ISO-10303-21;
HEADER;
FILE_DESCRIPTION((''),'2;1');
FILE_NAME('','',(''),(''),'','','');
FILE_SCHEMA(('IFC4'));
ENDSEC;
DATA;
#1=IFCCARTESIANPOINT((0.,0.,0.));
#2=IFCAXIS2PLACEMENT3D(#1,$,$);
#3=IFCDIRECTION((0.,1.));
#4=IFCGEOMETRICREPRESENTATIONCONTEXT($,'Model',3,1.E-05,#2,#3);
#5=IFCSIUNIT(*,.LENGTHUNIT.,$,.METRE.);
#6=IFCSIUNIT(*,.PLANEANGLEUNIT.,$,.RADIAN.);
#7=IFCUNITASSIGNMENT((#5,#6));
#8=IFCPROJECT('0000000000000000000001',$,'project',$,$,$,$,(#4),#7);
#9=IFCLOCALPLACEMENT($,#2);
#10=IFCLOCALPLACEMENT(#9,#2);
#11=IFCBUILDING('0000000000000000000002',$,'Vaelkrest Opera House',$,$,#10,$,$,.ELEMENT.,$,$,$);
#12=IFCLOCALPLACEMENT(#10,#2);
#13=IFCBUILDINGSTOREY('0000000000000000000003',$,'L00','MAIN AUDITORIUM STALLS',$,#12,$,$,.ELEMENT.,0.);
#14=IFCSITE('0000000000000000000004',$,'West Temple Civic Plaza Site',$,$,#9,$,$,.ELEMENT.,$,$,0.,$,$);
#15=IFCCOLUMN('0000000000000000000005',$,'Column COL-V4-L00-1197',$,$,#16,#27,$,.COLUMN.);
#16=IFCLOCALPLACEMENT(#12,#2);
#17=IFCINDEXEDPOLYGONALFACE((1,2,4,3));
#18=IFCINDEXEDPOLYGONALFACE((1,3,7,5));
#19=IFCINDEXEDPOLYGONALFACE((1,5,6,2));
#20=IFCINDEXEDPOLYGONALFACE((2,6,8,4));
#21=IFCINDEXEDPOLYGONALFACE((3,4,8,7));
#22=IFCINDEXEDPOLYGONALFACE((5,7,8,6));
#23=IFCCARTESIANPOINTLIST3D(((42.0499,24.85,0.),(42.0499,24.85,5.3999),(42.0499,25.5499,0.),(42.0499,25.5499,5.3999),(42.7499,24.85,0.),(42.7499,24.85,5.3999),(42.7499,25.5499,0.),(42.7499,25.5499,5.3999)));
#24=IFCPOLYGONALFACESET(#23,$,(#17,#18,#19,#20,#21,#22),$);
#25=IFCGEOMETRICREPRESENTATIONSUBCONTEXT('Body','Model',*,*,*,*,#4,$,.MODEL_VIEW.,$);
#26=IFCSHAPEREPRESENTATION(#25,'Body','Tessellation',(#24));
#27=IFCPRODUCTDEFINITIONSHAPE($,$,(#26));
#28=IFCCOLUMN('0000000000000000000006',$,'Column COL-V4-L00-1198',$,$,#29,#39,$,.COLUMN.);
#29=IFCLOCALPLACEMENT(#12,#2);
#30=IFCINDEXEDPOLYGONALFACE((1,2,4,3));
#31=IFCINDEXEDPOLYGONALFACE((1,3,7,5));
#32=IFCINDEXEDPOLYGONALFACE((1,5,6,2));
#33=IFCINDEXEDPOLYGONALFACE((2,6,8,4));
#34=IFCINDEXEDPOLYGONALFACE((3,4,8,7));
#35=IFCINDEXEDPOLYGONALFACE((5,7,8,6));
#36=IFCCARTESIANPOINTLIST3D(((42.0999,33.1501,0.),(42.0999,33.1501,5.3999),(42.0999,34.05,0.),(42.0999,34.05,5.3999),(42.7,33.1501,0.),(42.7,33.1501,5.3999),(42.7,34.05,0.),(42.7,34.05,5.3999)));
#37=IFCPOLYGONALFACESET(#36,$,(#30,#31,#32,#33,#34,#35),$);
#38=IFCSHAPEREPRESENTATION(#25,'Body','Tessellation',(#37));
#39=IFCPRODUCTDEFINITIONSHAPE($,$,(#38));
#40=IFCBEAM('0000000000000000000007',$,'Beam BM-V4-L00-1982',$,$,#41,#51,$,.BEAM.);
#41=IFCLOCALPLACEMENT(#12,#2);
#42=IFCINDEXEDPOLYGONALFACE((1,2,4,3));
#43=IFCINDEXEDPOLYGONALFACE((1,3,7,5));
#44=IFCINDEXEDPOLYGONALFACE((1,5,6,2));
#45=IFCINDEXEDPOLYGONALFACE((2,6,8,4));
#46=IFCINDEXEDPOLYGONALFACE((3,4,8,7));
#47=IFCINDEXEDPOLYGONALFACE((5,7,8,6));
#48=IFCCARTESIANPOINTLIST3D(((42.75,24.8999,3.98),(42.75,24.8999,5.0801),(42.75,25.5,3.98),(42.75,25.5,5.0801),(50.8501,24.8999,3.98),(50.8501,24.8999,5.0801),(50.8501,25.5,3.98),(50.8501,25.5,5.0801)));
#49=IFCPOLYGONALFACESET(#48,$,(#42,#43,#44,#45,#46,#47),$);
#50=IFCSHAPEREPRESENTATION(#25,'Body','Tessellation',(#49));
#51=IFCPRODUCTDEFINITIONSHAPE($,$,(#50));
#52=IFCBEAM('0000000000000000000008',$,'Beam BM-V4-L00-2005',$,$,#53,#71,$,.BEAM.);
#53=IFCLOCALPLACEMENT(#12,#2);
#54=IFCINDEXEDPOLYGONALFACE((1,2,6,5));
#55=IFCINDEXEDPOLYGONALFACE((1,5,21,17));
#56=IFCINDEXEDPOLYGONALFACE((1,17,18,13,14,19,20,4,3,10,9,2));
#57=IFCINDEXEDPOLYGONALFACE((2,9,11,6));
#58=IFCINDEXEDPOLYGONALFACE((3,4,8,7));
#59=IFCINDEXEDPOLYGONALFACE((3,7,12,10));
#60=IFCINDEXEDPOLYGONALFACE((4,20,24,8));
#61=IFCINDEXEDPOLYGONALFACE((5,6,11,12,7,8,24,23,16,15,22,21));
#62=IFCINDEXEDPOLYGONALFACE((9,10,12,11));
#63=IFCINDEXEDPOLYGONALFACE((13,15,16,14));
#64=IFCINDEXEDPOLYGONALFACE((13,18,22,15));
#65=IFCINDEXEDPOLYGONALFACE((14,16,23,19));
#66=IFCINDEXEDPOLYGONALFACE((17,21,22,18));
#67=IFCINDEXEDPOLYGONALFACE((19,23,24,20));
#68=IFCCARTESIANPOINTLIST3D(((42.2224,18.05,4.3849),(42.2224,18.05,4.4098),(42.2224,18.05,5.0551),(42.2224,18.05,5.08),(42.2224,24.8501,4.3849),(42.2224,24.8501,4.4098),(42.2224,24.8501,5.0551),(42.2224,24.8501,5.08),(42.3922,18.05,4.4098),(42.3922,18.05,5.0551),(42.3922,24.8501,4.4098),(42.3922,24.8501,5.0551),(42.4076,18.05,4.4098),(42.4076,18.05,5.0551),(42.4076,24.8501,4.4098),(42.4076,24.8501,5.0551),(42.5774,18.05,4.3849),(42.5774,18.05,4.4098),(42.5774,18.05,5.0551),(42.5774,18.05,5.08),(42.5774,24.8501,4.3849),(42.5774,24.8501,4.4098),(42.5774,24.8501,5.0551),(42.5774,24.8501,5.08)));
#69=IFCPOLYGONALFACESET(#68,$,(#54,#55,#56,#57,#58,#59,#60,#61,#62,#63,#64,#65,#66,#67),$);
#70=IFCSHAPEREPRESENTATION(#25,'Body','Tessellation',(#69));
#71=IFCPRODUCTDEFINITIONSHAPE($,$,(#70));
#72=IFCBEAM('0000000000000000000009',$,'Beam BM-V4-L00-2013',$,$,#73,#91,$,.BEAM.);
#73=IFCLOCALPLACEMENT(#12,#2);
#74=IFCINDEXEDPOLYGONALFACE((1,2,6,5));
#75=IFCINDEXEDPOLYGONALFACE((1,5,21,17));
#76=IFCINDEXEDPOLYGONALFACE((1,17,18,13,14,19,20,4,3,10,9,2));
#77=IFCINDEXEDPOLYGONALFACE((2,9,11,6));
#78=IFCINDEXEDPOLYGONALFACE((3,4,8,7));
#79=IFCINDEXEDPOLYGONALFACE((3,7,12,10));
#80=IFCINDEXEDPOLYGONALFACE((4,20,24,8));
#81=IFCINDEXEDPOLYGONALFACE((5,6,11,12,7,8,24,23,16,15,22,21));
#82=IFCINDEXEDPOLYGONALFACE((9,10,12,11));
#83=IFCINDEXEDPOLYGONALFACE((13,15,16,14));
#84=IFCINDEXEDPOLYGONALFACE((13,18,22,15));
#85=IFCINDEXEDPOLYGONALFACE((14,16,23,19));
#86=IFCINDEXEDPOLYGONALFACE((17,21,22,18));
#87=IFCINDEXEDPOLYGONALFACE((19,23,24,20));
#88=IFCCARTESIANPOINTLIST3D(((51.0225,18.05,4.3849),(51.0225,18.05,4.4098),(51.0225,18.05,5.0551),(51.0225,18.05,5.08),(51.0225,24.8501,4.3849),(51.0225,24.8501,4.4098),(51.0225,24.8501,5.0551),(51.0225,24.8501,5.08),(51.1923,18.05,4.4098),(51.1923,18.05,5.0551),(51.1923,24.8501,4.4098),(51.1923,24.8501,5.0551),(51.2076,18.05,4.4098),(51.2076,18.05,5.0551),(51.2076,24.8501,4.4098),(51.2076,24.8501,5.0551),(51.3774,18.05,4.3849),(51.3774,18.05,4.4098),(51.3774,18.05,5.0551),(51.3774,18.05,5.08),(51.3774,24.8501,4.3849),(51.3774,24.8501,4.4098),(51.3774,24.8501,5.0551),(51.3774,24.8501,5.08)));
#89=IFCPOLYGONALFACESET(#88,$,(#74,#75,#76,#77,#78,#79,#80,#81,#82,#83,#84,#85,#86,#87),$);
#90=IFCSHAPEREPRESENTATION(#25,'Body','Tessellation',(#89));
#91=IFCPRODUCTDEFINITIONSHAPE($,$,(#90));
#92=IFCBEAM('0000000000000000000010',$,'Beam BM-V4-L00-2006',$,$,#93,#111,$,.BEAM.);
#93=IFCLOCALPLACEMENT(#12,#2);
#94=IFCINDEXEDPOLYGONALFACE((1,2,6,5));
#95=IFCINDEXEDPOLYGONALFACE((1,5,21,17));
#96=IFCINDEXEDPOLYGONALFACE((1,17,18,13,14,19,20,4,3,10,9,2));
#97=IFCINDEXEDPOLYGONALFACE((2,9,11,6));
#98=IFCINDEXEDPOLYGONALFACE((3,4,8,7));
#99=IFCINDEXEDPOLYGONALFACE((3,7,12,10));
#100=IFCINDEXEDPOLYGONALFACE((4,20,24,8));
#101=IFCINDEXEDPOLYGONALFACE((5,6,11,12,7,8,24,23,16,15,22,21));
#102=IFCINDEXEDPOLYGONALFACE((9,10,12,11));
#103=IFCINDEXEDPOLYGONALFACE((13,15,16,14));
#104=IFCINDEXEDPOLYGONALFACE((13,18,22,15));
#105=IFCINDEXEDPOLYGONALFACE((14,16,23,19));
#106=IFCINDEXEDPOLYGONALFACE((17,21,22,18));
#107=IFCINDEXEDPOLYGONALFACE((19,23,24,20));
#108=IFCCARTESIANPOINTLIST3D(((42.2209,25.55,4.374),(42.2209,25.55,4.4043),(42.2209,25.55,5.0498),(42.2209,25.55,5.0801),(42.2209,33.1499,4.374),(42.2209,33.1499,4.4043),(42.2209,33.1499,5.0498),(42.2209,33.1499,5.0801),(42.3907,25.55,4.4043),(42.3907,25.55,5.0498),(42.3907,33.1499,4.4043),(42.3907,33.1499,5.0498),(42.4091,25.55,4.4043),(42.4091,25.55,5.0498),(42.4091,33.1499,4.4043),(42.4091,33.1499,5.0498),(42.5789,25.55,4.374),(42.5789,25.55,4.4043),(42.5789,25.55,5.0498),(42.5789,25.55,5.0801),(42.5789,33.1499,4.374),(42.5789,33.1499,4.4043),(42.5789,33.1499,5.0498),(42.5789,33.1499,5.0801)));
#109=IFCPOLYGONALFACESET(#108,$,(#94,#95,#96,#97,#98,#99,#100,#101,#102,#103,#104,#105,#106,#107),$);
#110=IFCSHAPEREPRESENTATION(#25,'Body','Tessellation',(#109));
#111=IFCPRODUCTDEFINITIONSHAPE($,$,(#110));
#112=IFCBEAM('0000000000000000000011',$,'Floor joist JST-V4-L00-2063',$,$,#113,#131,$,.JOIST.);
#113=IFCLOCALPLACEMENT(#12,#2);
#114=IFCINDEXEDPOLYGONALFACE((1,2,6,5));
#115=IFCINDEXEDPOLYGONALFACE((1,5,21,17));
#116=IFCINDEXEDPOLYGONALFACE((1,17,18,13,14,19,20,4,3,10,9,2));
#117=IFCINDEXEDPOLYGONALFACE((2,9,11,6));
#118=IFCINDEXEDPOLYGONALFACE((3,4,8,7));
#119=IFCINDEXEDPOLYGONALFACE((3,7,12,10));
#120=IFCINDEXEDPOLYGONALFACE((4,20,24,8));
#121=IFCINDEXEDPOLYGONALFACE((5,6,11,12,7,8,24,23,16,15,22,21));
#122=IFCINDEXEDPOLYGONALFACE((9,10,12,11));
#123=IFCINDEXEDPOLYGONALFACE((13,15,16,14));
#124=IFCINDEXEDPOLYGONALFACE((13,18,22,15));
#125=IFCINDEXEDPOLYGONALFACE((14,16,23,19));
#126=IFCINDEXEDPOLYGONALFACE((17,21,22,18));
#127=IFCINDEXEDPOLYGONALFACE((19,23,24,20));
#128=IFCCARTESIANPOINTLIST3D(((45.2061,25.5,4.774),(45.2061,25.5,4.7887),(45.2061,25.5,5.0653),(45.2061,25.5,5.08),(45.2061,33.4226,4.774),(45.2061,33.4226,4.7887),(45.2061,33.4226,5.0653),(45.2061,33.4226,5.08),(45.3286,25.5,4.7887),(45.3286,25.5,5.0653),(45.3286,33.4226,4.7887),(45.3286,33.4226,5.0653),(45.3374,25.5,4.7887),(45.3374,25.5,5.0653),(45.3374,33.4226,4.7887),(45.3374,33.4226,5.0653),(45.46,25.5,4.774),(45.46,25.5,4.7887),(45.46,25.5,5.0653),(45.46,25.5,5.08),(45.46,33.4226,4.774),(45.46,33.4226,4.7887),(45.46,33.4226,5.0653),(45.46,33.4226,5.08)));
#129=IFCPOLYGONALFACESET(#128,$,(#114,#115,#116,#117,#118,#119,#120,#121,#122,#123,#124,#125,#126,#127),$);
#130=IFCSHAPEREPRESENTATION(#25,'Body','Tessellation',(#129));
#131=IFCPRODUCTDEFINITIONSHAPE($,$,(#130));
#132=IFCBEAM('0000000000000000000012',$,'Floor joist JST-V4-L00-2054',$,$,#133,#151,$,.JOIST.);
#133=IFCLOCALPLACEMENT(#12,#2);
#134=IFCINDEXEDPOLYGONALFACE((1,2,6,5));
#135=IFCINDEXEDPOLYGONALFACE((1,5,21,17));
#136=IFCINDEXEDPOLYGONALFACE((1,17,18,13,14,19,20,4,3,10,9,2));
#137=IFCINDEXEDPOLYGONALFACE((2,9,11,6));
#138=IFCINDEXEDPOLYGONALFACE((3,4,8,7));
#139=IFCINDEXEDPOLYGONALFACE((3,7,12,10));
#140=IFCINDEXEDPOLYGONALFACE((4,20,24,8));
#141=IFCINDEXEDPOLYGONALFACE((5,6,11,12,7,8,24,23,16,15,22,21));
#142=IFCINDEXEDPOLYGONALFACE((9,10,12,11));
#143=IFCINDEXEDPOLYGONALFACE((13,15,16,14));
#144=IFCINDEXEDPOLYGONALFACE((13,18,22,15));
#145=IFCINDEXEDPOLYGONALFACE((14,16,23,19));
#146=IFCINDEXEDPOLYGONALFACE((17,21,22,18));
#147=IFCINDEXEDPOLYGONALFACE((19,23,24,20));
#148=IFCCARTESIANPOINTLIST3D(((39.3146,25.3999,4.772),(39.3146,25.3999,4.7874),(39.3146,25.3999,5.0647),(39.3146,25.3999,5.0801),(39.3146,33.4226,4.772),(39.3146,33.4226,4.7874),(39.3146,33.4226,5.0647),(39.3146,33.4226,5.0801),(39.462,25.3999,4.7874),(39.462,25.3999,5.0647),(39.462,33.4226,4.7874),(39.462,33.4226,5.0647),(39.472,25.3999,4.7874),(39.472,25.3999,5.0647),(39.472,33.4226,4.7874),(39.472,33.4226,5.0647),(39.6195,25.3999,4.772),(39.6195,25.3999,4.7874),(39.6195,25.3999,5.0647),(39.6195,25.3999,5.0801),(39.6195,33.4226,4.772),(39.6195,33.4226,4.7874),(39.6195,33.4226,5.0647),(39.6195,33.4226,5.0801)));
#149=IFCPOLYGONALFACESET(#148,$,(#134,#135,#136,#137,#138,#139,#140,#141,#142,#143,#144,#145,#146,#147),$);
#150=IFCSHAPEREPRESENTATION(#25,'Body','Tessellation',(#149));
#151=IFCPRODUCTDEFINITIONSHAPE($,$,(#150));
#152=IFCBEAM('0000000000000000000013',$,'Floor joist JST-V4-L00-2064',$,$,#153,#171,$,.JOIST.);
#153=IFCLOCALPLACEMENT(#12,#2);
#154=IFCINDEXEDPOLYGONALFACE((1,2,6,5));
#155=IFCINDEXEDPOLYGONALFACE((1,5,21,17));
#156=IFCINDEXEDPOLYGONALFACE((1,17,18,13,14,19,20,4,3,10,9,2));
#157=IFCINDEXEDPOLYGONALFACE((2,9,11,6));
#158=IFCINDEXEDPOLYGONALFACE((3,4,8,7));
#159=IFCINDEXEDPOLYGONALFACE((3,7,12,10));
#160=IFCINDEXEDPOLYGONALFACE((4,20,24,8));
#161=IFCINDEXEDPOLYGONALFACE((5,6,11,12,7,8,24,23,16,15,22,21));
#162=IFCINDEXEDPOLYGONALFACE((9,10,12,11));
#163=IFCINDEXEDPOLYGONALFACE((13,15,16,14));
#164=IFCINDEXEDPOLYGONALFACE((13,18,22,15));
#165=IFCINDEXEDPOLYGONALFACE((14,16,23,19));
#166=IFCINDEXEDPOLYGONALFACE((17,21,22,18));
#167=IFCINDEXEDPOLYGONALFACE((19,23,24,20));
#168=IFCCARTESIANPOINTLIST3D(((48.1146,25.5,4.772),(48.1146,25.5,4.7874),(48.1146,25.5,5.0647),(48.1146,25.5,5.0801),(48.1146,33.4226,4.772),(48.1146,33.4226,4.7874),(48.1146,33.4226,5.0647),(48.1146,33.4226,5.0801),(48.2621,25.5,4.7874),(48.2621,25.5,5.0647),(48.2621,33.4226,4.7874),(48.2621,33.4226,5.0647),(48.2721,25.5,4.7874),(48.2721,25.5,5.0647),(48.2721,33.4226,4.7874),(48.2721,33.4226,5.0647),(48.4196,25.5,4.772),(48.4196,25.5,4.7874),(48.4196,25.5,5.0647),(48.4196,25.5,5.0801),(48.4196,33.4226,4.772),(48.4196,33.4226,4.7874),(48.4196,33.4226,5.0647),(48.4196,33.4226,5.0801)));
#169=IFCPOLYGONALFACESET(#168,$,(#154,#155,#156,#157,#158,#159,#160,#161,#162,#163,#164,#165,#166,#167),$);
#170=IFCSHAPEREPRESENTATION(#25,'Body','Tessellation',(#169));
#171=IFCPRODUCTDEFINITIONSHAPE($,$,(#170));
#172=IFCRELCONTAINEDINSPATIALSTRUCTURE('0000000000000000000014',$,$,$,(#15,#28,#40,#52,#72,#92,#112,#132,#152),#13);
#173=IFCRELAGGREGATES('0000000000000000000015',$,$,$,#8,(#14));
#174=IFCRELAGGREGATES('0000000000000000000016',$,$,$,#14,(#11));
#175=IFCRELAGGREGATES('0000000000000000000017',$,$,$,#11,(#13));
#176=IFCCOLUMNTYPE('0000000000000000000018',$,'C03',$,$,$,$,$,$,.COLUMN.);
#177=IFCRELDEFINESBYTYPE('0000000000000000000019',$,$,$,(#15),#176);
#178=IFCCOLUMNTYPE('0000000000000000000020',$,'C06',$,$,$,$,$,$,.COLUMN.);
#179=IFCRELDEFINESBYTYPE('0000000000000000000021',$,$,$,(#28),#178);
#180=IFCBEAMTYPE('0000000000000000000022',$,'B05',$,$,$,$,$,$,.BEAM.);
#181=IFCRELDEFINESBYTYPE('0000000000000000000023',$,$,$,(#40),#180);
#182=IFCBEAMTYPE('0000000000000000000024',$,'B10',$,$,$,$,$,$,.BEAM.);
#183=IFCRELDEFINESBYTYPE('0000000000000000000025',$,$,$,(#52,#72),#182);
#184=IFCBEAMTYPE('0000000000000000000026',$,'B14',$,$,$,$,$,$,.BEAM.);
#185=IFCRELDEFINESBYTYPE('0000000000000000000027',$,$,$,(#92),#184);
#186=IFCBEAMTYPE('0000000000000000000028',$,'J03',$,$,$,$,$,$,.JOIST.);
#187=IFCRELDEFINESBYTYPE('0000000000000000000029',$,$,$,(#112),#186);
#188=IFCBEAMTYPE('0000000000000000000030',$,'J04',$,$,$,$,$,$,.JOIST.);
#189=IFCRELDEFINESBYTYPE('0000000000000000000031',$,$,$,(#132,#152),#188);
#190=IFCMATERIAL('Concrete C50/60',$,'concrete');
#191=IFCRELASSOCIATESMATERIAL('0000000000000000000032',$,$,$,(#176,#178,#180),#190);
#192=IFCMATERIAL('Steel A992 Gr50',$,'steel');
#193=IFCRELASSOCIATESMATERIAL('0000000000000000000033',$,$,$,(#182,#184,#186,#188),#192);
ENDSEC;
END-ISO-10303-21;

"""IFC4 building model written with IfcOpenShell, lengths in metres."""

from ifc_helpers import new_model, si_unit, direction, frame, origin, origin_2d, place, context, subcontext, project, spatial, rectangle, i_section, extrude, material, material_profile, profile_set, type_object, element, save


model = new_model("IFC4")

# Units and contexts
model_context = context("Model", 3, precision=1e-05, world=origin(), true_north=direction((0.0, 1.0)))
body_context = subcontext(model_context, "Body", "Model", "MODEL_VIEW")
ifc_project = project(units=[si_unit("LENGTHUNIT", "METRE"), si_unit("PLANEANGLEUNIT", "RADIAN")], contexts=[model_context])

# Site, building, storey
site_placement = place(None, origin())
site = spatial("IfcSite", under=ifc_project, at=site_placement, Name="West Temple Civic Plaza Site", CompositionType="ELEMENT", RefElevation=0.0)
building_placement = place(site_placement, origin())
building = spatial("IfcBuilding", under=site, at=building_placement, Name="Vaelkrest Opera House", CompositionType="ELEMENT")
storey_placement = place(building_placement, origin())
storey = spatial("IfcBuildingStorey", under=building, at=storey_placement, Name="L00", Description="MAIN AUDITORIUM STALLS", CompositionType="ELEMENT", Elevation=0.0)

# Columns
ifc_material_1 = material(Name="Concrete C50/60", Category="concrete")
ifc_material_profile_1 = material_profile(ifc_material_1, rectangle(XDim=0.7, YDim=0.7, at=origin_2d()), Name="RC700X700")
ifc_profile_set_1 = profile_set([ifc_material_profile_1], Name="Concrete C50/60")
column_type_1 = type_object("IfcColumnType", Name="C03", PredefinedType="COLUMN", material=ifc_profile_set_1)
column_1_placement = place(storey_placement, frame((42.3999, 25.2, 0.0), z_axis=(0.0, 0.0, 1.0), x_axis=(1.0, 0.0, 0.0)))
element("IfcColumn", 1, at=column_1_placement, inside=storey, type_object=column_type_1, Name="Column COL-V4-L00-1197", PredefinedType="COLUMN", context=body_context, shape_type="SweptSolid", body=[
    extrude(rectangle(XDim=0.7, YDim=0.7, at=origin_2d()), origin(), (0.0, 0.0, 1.0), 5.3999),
])
ifc_material_profile_2 = material_profile(ifc_material_1, rectangle(XDim=0.6001, YDim=0.8999, at=origin_2d()), Name="RC600X900")
ifc_profile_set_2 = profile_set([ifc_material_profile_2], Name="Concrete C50/60")
column_type_2 = type_object("IfcColumnType", Name="C06", PredefinedType="COLUMN", material=ifc_profile_set_2)
column_2_placement = place(storey_placement, frame((42.3999, 33.6001, 0.0), z_axis=(0.0, 0.0, 1.0), x_axis=(1.0, 0.0, 0.0)))
element("IfcColumn", 2, at=column_2_placement, inside=storey, type_object=column_type_2, Name="Column COL-V4-L00-1198", PredefinedType="COLUMN", context=body_context, shape_type="SweptSolid", body=[
    extrude(rectangle(XDim=0.6001, YDim=0.8999, at=origin_2d()), origin(), (0.0, 0.0, 1.0), 5.3999),
])

# Beams
ifc_material_profile_3 = material_profile(ifc_material_1, rectangle(XDim=0.6001, YDim=1.1001, at=origin_2d()), Name="RCB600X1100")
ifc_profile_set_3 = profile_set([ifc_material_profile_3], Name="Concrete C50/60")
beam_type_1 = type_object("IfcBeamType", Name="B05", PredefinedType="BEAM", material=ifc_profile_set_3)
beam_1_placement = place(storey_placement, frame((42.75, 25.2, 4.53), z_axis=(1.0, 0.0, 0.0), x_axis=(0.0, 1.0, 0.0)))
element("IfcBeam", 3, at=beam_1_placement, inside=storey, type_object=beam_type_1, Name="Beam BM-V4-L00-1982", PredefinedType="BEAM", context=body_context, shape_type="SweptSolid", body=[
    extrude(rectangle(XDim=0.6001, YDim=1.1001, at=origin_2d()), origin(), (0.0, 0.0, 1.0), 8.1001),
])
ifc_material_2 = material(Name="Steel A992 Gr50", Category="steel")
ifc_material_profile_4 = material_profile(ifc_material_2, i_section(OverallWidth=0.355, OverallDepth=0.6951, WebThickness=0.0154, FlangeThickness=0.0249, at=origin_2d()), Name="W27X146")
ifc_profile_set_4 = profile_set([ifc_material_profile_4], Name="Steel A992 Gr50")
beam_type_2 = type_object("IfcBeamType", Name="B10", PredefinedType="BEAM", material=ifc_profile_set_4)
for number, where, z_axis, x_axis, name in (
    (4, (42.3999, 18.05, 4.7324), (0.0, 1.0, 0.0), (-1.0, 0.0, 0.0), "Beam BM-V4-L00-2005"),
    (5, (51.2, 18.05, 4.7324), (0.0, 1.0, 0.0), (-1.0, 0.0, 0.0), "Beam BM-V4-L00-2013"),
):
    element("IfcBeam", number, at=place(storey_placement, frame(where, z_axis=z_axis, x_axis=x_axis)), inside=storey, type_object=beam_type_2, Name=name, PredefinedType="BEAM", context=body_context, shape_type="SweptSolid", body=[
        extrude(i_section(OverallWidth=0.355, OverallDepth=0.6951, WebThickness=0.0154, FlangeThickness=0.0249, at=origin_2d()), origin(), (0.0, 0.0, 1.0), 6.8),
    ])
ifc_material_profile_5 = material_profile(ifc_material_2, i_section(OverallWidth=0.3579, OverallDepth=0.7061, WebThickness=0.0183, FlangeThickness=0.0303, at=origin_2d()), Name="W27X178")
ifc_profile_set_5 = profile_set([ifc_material_profile_5], Name="Steel A992 Gr50")
beam_type_3 = type_object("IfcBeamType", Name="B14", PredefinedType="BEAM", material=ifc_profile_set_5)
beam_2_placement = place(storey_placement, frame((42.3999, 25.55, 4.7271), z_axis=(0.0, 1.0, 0.0), x_axis=(-1.0, 0.0, 0.0)))
element("IfcBeam", 6, at=beam_2_placement, inside=storey, type_object=beam_type_3, Name="Beam BM-V4-L00-2006", PredefinedType="BEAM", context=body_context, shape_type="SweptSolid", body=[
    extrude(i_section(OverallWidth=0.3579, OverallDepth=0.7061, WebThickness=0.0183, FlangeThickness=0.0303, at=origin_2d()), origin(), (0.0, 0.0, 1.0), 7.5999),
])
ifc_material_profile_6 = material_profile(ifc_material_2, i_section(OverallWidth=0.2539, OverallDepth=0.3059, WebThickness=0.0088, FlangeThickness=0.0146, at=origin_2d()), Name="W12X53")
ifc_profile_set_6 = profile_set([ifc_material_profile_6], Name="Steel A992 Gr50")
beam_type_4 = type_object("IfcBeamType", Name="J03", PredefinedType="JOIST", material=ifc_profile_set_6)
beam_3_placement = place(storey_placement, frame((45.333, 25.5, 4.927), z_axis=(0.0, 1.0, 0.0), x_axis=(-1.0, 0.0, 0.0)))
element("IfcBeam", 7, at=beam_3_placement, inside=storey, type_object=beam_type_4, Name="Floor joist JST-V4-L00-2063", PredefinedType="JOIST", context=body_context, shape_type="SweptSolid", body=[
    extrude(i_section(OverallWidth=0.2539, OverallDepth=0.3059, WebThickness=0.0088, FlangeThickness=0.0146, at=origin_2d()), origin(), (0.0, 0.0, 1.0), 7.9226),
])
ifc_material_profile_7 = material_profile(ifc_material_2, i_section(OverallWidth=0.3049, OverallDepth=0.3081, WebThickness=0.01, FlangeThickness=0.0154, at=origin_2d()), Name="W12X65")
ifc_profile_set_7 = profile_set([ifc_material_profile_7], Name="Steel A992 Gr50")
beam_type_5 = type_object("IfcBeamType", Name="J04", PredefinedType="JOIST", material=ifc_profile_set_7)
beam_4_placement = place(storey_placement, frame((39.467, 25.3999, 4.926), z_axis=(0.0, 1.0, 0.0), x_axis=(-1.0, 0.0, 0.0)))
element("IfcBeam", 8, at=beam_4_placement, inside=storey, type_object=beam_type_5, Name="Floor joist JST-V4-L00-2054", PredefinedType="JOIST", context=body_context, shape_type="SweptSolid", body=[
    extrude(i_section(OverallWidth=0.3049, OverallDepth=0.3081, WebThickness=0.01, FlangeThickness=0.0154, at=origin_2d()), origin(), (0.0, 0.0, 1.0), 8.0227),
])
beam_5_placement = place(storey_placement, frame((48.2671, 25.5, 4.926), z_axis=(0.0, 1.0, 0.0), x_axis=(-1.0, 0.0, 0.0)))
element("IfcBeam", 9, at=beam_5_placement, inside=storey, type_object=beam_type_5, Name="Floor joist JST-V4-L00-2064", PredefinedType="JOIST", context=body_context, shape_type="SweptSolid", body=[
    extrude(i_section(OverallWidth=0.3049, OverallDepth=0.3081, WebThickness=0.01, FlangeThickness=0.0154, at=origin_2d()), origin(), (0.0, 0.0, 1.0), 7.9226),
])

save(model, "model.ifc")
